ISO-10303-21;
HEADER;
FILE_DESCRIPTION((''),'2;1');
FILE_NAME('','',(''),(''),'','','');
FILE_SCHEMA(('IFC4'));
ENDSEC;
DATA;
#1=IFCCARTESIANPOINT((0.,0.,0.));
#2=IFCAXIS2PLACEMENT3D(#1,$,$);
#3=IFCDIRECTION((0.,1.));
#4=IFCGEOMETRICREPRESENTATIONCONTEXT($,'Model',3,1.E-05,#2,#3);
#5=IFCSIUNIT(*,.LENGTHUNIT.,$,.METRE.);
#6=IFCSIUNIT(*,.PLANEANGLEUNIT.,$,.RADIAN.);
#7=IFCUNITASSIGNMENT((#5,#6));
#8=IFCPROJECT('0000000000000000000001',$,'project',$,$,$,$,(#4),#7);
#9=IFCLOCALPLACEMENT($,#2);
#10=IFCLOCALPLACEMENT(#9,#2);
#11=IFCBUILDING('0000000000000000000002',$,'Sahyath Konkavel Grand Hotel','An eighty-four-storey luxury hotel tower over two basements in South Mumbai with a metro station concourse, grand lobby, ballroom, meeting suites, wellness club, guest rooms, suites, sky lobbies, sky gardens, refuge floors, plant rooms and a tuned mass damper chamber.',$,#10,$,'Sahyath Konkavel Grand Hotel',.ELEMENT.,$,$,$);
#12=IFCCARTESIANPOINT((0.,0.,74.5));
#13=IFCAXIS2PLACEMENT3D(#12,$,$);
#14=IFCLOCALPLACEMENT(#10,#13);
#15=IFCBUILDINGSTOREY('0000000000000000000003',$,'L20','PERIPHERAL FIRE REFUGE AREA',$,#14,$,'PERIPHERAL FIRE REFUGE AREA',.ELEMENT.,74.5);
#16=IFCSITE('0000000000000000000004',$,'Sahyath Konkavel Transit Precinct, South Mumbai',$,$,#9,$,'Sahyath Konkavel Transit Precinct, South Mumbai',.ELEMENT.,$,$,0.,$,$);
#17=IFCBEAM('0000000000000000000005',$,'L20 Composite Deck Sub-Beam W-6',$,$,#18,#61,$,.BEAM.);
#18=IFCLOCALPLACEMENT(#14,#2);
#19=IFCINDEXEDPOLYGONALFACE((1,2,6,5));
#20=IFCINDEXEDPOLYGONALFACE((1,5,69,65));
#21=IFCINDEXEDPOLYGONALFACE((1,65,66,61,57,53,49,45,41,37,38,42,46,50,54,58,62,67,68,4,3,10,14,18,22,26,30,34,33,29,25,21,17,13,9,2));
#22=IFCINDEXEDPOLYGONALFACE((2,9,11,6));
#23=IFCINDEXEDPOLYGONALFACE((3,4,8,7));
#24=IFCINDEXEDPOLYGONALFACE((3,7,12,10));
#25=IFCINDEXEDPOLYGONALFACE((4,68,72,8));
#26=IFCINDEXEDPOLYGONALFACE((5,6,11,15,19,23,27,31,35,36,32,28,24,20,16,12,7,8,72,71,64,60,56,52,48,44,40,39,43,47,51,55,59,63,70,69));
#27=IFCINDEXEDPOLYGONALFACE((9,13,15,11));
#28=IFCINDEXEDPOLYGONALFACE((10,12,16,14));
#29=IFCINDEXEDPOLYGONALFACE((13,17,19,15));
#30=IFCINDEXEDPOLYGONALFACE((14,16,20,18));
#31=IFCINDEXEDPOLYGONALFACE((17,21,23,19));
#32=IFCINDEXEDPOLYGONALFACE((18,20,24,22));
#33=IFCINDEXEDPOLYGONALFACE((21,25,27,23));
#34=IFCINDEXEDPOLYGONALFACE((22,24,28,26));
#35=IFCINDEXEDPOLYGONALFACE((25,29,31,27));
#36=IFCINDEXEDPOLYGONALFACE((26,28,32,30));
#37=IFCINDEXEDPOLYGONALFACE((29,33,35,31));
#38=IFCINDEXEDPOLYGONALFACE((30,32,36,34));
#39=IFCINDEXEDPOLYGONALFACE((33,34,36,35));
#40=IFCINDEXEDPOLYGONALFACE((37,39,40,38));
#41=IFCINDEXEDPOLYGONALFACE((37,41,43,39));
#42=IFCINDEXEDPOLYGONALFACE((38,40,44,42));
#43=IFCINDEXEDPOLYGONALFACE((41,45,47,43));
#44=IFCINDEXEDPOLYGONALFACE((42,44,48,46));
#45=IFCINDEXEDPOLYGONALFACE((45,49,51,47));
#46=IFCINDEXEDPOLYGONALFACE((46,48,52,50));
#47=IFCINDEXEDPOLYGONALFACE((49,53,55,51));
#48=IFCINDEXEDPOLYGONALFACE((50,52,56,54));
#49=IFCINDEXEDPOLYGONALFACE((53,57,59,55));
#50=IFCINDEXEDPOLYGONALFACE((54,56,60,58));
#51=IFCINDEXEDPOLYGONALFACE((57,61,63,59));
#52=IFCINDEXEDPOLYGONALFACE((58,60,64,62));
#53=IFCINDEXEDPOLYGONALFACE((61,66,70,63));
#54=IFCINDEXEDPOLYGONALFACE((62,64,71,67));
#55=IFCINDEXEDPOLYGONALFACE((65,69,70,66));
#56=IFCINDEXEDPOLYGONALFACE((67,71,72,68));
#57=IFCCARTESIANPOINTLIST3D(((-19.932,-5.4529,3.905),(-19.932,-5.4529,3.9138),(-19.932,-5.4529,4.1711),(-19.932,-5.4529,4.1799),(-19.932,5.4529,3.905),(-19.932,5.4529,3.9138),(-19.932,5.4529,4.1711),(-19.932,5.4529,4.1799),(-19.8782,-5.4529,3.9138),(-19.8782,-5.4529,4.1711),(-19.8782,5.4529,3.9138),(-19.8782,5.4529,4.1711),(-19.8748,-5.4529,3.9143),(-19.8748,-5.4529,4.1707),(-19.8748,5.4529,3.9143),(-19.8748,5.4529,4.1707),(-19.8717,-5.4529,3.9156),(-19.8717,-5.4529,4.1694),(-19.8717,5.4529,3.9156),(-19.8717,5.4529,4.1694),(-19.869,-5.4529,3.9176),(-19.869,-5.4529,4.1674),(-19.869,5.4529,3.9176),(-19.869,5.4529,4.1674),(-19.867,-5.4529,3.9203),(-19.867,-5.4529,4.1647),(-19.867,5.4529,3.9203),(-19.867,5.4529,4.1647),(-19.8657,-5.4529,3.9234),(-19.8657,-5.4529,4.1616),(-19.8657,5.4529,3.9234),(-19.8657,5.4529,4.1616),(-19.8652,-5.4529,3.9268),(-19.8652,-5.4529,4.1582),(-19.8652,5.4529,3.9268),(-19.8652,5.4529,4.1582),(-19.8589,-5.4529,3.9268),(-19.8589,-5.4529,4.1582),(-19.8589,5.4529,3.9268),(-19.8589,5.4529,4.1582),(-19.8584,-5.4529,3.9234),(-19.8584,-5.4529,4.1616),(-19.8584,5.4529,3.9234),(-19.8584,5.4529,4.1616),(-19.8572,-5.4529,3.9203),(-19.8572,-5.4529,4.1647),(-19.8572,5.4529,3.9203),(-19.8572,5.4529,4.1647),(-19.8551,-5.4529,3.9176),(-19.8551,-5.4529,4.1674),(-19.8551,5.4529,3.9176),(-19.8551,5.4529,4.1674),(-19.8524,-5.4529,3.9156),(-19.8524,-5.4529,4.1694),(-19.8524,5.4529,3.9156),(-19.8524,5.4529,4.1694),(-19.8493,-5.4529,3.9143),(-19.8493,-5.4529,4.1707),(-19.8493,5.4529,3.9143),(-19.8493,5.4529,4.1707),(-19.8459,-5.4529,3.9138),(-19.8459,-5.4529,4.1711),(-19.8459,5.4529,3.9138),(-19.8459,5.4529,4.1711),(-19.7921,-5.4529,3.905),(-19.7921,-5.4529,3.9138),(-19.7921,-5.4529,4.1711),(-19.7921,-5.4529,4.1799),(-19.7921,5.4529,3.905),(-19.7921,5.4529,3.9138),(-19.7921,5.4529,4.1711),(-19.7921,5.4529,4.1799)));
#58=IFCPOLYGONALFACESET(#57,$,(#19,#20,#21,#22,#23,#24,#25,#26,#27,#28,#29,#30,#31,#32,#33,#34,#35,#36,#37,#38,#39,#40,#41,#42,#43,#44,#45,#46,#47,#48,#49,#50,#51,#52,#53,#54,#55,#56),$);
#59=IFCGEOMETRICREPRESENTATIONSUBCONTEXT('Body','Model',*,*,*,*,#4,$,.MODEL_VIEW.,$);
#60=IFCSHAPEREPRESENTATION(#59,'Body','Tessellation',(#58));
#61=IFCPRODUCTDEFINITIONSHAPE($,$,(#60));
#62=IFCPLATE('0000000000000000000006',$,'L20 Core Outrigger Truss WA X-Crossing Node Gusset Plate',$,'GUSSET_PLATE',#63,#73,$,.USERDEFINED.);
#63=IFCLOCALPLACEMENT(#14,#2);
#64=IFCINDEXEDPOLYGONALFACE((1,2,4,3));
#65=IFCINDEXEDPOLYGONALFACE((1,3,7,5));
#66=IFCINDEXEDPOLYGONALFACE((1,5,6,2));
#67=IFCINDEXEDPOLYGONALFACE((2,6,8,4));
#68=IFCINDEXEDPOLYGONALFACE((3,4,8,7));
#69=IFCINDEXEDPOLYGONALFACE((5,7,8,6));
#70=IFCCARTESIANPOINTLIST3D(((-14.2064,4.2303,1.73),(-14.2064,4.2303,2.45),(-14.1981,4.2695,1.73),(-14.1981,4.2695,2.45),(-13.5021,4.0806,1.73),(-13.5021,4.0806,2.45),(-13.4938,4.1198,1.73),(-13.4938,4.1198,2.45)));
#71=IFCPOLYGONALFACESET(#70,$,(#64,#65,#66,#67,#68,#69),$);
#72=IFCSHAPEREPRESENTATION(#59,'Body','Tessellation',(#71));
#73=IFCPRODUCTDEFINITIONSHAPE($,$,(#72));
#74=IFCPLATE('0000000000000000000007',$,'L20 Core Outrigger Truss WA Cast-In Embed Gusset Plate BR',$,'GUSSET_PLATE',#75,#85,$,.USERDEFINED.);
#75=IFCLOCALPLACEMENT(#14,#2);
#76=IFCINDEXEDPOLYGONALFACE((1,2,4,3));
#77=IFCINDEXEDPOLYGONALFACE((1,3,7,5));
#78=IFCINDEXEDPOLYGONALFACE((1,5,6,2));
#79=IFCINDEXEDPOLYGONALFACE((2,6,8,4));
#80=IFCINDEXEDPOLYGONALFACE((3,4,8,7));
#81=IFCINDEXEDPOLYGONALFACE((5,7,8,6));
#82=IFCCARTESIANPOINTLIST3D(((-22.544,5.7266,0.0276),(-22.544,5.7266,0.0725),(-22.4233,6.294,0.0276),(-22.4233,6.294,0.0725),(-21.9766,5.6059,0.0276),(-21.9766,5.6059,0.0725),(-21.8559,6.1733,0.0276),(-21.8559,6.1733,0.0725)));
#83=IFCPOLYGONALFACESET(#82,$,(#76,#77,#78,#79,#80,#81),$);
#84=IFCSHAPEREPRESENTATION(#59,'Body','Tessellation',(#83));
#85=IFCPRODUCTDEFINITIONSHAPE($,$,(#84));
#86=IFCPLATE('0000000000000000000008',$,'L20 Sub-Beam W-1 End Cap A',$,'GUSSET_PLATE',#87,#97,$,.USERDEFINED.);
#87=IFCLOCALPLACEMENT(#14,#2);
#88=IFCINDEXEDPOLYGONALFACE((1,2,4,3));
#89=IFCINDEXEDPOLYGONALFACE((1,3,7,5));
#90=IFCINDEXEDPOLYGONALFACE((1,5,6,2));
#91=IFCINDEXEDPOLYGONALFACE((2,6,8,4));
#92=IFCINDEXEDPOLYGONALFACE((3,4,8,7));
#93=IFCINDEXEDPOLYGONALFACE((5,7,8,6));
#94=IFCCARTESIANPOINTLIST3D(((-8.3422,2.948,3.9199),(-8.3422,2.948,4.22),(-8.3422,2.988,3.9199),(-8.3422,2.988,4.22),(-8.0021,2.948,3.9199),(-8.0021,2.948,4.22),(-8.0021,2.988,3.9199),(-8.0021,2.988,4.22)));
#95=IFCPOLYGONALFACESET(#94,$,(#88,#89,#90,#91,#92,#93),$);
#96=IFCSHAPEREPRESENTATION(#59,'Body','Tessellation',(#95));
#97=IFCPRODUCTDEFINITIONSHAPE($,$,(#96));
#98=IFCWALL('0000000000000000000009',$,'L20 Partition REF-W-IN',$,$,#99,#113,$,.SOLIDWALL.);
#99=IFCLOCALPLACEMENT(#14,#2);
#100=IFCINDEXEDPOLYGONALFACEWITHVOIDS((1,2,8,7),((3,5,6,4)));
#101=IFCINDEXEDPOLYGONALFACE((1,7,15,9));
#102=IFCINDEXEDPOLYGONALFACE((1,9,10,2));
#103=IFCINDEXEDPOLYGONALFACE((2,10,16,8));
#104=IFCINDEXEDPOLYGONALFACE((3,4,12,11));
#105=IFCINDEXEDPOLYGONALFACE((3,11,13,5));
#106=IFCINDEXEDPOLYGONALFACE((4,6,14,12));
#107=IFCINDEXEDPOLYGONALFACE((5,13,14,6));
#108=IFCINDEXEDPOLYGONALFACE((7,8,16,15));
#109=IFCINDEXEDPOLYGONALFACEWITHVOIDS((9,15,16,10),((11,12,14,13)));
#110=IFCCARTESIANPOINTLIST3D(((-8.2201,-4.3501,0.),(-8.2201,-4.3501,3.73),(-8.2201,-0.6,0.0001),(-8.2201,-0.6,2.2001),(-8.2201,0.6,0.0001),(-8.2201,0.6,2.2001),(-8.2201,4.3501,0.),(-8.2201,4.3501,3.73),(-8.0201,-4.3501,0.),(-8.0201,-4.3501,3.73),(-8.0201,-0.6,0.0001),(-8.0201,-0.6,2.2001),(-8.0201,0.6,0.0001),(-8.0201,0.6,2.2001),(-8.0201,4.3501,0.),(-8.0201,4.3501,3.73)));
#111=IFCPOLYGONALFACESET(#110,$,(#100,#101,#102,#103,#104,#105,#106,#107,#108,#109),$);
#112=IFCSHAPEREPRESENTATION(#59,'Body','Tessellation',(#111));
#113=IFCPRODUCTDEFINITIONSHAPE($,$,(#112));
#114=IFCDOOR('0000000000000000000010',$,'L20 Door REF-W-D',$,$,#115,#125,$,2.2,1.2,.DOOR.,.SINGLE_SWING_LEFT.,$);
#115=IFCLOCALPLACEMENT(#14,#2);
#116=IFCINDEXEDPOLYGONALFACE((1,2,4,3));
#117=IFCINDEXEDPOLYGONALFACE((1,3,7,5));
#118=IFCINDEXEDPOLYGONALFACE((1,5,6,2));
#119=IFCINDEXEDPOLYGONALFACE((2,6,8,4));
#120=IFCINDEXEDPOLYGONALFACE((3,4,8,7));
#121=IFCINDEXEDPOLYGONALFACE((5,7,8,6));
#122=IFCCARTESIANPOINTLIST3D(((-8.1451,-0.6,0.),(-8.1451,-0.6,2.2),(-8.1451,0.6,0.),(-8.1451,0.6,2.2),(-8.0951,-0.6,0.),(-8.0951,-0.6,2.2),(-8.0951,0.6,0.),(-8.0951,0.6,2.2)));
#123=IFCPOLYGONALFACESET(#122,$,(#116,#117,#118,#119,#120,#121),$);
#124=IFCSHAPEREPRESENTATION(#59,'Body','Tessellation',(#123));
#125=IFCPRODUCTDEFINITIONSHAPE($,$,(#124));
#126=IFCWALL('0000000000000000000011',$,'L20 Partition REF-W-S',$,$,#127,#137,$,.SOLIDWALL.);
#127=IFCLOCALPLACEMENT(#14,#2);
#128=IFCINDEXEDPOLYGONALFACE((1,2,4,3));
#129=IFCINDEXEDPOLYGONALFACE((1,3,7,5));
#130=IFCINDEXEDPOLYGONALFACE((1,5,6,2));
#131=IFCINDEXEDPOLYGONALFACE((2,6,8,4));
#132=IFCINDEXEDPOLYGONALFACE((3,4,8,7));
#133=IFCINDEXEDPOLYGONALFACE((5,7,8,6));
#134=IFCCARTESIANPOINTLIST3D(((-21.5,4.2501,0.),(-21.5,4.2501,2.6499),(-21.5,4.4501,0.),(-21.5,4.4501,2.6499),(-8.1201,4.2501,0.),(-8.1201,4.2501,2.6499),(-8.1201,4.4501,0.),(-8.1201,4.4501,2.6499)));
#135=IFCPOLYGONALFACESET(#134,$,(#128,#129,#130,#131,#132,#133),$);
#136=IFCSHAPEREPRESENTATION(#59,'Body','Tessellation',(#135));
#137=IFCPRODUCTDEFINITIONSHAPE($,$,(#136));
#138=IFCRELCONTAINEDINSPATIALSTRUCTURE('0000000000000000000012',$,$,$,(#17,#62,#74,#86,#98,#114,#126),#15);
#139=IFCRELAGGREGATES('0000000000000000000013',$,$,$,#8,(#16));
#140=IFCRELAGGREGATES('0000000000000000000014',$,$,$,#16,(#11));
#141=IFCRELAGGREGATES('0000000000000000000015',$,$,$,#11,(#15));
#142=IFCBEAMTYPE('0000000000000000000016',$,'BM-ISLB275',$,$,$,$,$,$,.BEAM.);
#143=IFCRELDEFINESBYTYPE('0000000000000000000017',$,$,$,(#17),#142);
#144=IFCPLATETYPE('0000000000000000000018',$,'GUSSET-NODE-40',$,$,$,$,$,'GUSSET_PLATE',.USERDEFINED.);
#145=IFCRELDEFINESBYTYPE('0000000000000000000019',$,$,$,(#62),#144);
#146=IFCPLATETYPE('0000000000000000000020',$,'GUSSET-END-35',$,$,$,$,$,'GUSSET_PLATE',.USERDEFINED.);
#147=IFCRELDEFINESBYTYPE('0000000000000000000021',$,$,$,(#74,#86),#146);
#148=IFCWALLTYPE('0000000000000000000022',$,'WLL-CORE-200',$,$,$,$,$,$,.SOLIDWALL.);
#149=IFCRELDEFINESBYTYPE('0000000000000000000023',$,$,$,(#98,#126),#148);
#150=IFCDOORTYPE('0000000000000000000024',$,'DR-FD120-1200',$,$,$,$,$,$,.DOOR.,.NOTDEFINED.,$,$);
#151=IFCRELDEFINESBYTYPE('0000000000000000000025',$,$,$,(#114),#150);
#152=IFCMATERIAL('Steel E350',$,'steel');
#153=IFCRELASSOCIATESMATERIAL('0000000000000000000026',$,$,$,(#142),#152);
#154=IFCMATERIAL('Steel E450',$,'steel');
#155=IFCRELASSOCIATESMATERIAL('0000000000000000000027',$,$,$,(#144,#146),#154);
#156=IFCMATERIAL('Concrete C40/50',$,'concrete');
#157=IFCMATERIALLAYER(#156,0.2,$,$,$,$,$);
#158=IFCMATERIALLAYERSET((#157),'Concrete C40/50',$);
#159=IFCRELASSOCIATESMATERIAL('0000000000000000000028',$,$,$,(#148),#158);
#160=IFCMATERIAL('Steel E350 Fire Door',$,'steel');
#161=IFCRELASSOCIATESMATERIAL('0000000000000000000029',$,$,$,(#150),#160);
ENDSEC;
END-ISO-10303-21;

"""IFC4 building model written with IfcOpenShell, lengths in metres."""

from ifc_helpers import new_model, si_unit, direction, frame, frame_2d, origin, origin_2d, place, context, subcontext, project, spatial, rectangle, i_section, extrude, source, transform, mapped, material, layer, layer_set, material_profile, profile_set, type_object, element, fill, save


model = new_model("IFC4")

# Units and contexts
model_context = context("Model", 3, precision=1e-05, world=origin(), true_north=direction((0.0, 1.0)))
body_context = subcontext(model_context, "Body", "Model", "MODEL_VIEW")
ifc_project = project(units=[si_unit("LENGTHUNIT", "METRE"), si_unit("PLANEANGLEUNIT", "RADIAN")], contexts=[model_context])

# Site, building, storey
site_placement = place(None, origin())
site = spatial("IfcSite", under=ifc_project, at=site_placement, Name="Sahyath Konkavel Transit Precinct, South Mumbai", LongName="Sahyath Konkavel Transit Precinct, South Mumbai", CompositionType="ELEMENT", RefElevation=0.0)
building_placement = place(site_placement, origin())
building = spatial("IfcBuilding", under=site, at=building_placement, Name="Sahyath Konkavel Grand Hotel", Description="An eighty-four-storey luxury hotel tower over two basements in South Mumbai with a metro station concourse, grand lobby, ballroom, meeting suites, wellness club, guest rooms, suites, sky lobbies, sky gardens, refuge floors, plant rooms and a tuned mass damper chamber.", LongName="Sahyath Konkavel Grand Hotel", CompositionType="ELEMENT")
storey_placement = place(building_placement, frame((0.0, 0.0, 74.5)))
storey = spatial("IfcBuildingStorey", under=building, at=storey_placement, Name="L20", Description="PERIPHERAL FIRE REFUGE AREA", LongName="PERIPHERAL FIRE REFUGE AREA", CompositionType="ELEMENT", Elevation=74.5)

# Shared definitions
ifc_material_1 = material(Name="Steel E450", Category="steel")

# Shared definitions
ifc_material_2 = material(Name="Steel E350", Category="steel")

# Beam
ifc_material_profile_1 = material_profile(ifc_material_2, i_section(OverallWidth=0.1399, OverallDepth=0.2749, WebThickness=0.0063, FlangeThickness=0.0088, FilletRadius=0.0129, at=origin_2d()), Name="ISLB 275")
ifc_profile_set_1 = profile_set([ifc_material_profile_1], Name="Steel E350")
beam_type_1 = type_object("IfcBeamType", Name="BM-ISLB275", PredefinedType="BEAM", material=ifc_profile_set_1)
shared_shape_1 = source(origin(), body_context, "Body", "SweptSolid", [
    extrude(i_section(OverallWidth=0.1399, OverallDepth=0.2749, WebThickness=0.0063, FlangeThickness=0.0088, FilletRadius=0.0129, at=origin_2d()), origin(), (0.0, 0.0, 1.0), 10.9058),
])
beam_1_placement = place(storey_placement, frame((-19.8621, 5.4529, 4.0425), z_axis=(0.0, -1.0, 0.0), x_axis=(1.0, 0.0, 0.0)))
element("IfcBeam", 1, at=beam_1_placement, inside=storey, type_object=beam_type_1, Name="L20 Composite Deck Sub-Beam W-6", PredefinedType="BEAM", context=body_context, shape_type="MappedRepresentation", body=[
    mapped(shared_shape_1, transform((0.0, 0.0, 0.0), scale=1.0)),
])

# Plates
plate_type_1 = type_object("IfcPlateType", Name="GUSSET-NODE-40", ElementType="GUSSET_PLATE", PredefinedType="USERDEFINED", material=ifc_material_1)
shared_shape_2 = source(origin(), body_context, "Body", "SweptSolid", [
    extrude(rectangle(XDim=0.72, YDim=0.04, at=origin_2d()), origin(), (0.0, 0.0, 1.0), 0.72),
])
plate_1_placement = place(storey_placement, frame((-13.8501, 4.175, 1.73), z_axis=(0.0, 0.0, 1.0), x_axis=(-0.978144, 0.207929, 0.0)))
element("IfcPlate", 2, at=plate_1_placement, inside=storey, type_object=plate_type_1, Name="L20 Core Outrigger Truss WA X-Crossing Node Gusset Plate", ObjectType="GUSSET_PLATE", PredefinedType="USERDEFINED", context=body_context, shape_type="MappedRepresentation", body=[
    mapped(shared_shape_2, transform((0.0, 0.0, 0.0), scale=1.0)),
])
plate_type_2 = type_object("IfcPlateType", Name="GUSSET-END-35", ElementType="GUSSET_PLATE", PredefinedType="USERDEFINED", material=ifc_material_1)
shared_shape_3 = source(origin(), body_context, "Body", "SweptSolid", [
    extrude(rectangle(XDim=0.5801, YDim=0.5801, at=origin_2d()), origin(), (0.0, 0.0, 1.0), 0.0449),
])
plate_2_placement = place(storey_placement, frame((-22.2, 5.95, 0.0276), z_axis=(0.0, 0.0, 1.0), x_axis=(-0.978144, 0.207929, 0.0)))
element("IfcPlate", 3, at=plate_2_placement, inside=storey, type_object=plate_type_2, Name="L20 Core Outrigger Truss WA Cast-In Embed Gusset Plate BR", ObjectType="GUSSET_PLATE", PredefinedType="USERDEFINED", context=body_context, shape_type="MappedRepresentation", body=[
    mapped(shared_shape_3, transform((0.0, 0.0, 0.0), scale=1.0)),
])
shared_shape_4 = source(origin(), body_context, "Body", "SweptSolid", [
    extrude(rectangle(XDim=0.04, YDim=0.3401, at=origin_2d()), origin(), (0.0, 0.0, 1.0), 0.3),
])
plate_3_placement = place(storey_placement, frame((-8.1721, 2.968, 3.9199), z_axis=(0.0, 0.0, 1.0), x_axis=(0.0, -1.0, 0.0)))
element("IfcPlate", 4, at=plate_3_placement, inside=storey, type_object=plate_type_2, Name="L20 Sub-Beam W-1 End Cap A", ObjectType="GUSSET_PLATE", PredefinedType="USERDEFINED", context=body_context, shape_type="MappedRepresentation", body=[
    mapped(shared_shape_4, transform((0.0, 0.0, 0.0), scale=1.0)),
])

# Wall, opening, door
ifc_material_3 = material(Name="Concrete C40/50", Category="concrete")
ifc_layer = layer(ifc_material_3, 0.2)
ifc_layer_set = layer_set([ifc_layer], Name="Concrete C40/50")
wall_type = type_object("IfcWallType", Name="WLL-CORE-200", PredefinedType="SOLIDWALL", material=ifc_layer_set)
wall_1_placement = place(storey_placement, frame((-8.1201, 4.3501, 0.0), z_axis=(0.0, 0.0, 1.0), x_axis=(0.0, -1.0, 0.0)))
wall_1 = element("IfcWall", 5, at=wall_1_placement, inside=storey, type_object=wall_type, Name="L20 Partition REF-W-IN", PredefinedType="SOLIDWALL", context=body_context, shape_type="SweptSolid", body=[
    extrude(rectangle(XDim=8.7002, YDim=0.2, at=frame_2d((4.3501, 0.0))), origin(), (0.0, 0.0, 1.0), 3.73),
])
opening_placement = place(wall_1_placement, frame((3.75, 0.0, 0.0)))
opening = element("IfcOpeningElement", 6, at=opening_placement, cuts=wall_1, PredefinedType="OPENING", context=body_context, shape_type="SweptSolid", body=[
    extrude(rectangle(XDim=1.2, YDim=2.2, at=frame_2d((0.6001, 1.1001))), frame((0.0, 0.1099, 0.0), z_axis=(0.0, -1.0, 0.0), x_axis=(1.0, 0.0, 0.0)), (0.0, 0.0, 1.0), 0.22),
])
ifc_material_4 = material(Name="Steel E350 Fire Door", Category="steel")
door_type = type_object("IfcDoorType", Name="DR-FD120-1200", OperationType="NOTDEFINED", PredefinedType="DOOR", material=ifc_material_4)
shared_shape_5 = source(origin(), body_context, "Body", "SweptSolid", [
    extrude(rectangle(XDim=1.2, YDim=0.05, at=origin_2d()), origin(), (0.0, 0.0, 1.0), 2.2),
])
door_placement = place(opening_placement, frame((0.6001, 0.0, 0.0)))
door = element("IfcDoor", 7, at=door_placement, inside=storey, type_object=door_type, Name="L20 Door REF-W-D", OperationType="SINGLE_SWING_LEFT", OverallHeight=2.2, OverallWidth=1.2, PredefinedType="DOOR", context=body_context, shape_type="MappedRepresentation", body=[
    mapped(shared_shape_5, transform((0.0, 0.0, 0.0), scale=1.0)),
])
fill(opening, door)

# Wall
wall_2_placement = place(storey_placement, frame((-8.1201, 4.3501, 0.0), z_axis=(0.0, 0.0, 1.0), x_axis=(-1.0, 0.0, 0.0)))
element("IfcWall", 8, at=wall_2_placement, inside=storey, type_object=wall_type, Name="L20 Partition REF-W-S", PredefinedType="SOLIDWALL", context=body_context, shape_type="SweptSolid", body=[
    extrude(rectangle(XDim=13.3799, YDim=0.2, at=frame_2d((6.6899, 0.0))), origin(), (0.0, 0.0, 1.0), 2.6499),
])

save(model, "model.ifc")
